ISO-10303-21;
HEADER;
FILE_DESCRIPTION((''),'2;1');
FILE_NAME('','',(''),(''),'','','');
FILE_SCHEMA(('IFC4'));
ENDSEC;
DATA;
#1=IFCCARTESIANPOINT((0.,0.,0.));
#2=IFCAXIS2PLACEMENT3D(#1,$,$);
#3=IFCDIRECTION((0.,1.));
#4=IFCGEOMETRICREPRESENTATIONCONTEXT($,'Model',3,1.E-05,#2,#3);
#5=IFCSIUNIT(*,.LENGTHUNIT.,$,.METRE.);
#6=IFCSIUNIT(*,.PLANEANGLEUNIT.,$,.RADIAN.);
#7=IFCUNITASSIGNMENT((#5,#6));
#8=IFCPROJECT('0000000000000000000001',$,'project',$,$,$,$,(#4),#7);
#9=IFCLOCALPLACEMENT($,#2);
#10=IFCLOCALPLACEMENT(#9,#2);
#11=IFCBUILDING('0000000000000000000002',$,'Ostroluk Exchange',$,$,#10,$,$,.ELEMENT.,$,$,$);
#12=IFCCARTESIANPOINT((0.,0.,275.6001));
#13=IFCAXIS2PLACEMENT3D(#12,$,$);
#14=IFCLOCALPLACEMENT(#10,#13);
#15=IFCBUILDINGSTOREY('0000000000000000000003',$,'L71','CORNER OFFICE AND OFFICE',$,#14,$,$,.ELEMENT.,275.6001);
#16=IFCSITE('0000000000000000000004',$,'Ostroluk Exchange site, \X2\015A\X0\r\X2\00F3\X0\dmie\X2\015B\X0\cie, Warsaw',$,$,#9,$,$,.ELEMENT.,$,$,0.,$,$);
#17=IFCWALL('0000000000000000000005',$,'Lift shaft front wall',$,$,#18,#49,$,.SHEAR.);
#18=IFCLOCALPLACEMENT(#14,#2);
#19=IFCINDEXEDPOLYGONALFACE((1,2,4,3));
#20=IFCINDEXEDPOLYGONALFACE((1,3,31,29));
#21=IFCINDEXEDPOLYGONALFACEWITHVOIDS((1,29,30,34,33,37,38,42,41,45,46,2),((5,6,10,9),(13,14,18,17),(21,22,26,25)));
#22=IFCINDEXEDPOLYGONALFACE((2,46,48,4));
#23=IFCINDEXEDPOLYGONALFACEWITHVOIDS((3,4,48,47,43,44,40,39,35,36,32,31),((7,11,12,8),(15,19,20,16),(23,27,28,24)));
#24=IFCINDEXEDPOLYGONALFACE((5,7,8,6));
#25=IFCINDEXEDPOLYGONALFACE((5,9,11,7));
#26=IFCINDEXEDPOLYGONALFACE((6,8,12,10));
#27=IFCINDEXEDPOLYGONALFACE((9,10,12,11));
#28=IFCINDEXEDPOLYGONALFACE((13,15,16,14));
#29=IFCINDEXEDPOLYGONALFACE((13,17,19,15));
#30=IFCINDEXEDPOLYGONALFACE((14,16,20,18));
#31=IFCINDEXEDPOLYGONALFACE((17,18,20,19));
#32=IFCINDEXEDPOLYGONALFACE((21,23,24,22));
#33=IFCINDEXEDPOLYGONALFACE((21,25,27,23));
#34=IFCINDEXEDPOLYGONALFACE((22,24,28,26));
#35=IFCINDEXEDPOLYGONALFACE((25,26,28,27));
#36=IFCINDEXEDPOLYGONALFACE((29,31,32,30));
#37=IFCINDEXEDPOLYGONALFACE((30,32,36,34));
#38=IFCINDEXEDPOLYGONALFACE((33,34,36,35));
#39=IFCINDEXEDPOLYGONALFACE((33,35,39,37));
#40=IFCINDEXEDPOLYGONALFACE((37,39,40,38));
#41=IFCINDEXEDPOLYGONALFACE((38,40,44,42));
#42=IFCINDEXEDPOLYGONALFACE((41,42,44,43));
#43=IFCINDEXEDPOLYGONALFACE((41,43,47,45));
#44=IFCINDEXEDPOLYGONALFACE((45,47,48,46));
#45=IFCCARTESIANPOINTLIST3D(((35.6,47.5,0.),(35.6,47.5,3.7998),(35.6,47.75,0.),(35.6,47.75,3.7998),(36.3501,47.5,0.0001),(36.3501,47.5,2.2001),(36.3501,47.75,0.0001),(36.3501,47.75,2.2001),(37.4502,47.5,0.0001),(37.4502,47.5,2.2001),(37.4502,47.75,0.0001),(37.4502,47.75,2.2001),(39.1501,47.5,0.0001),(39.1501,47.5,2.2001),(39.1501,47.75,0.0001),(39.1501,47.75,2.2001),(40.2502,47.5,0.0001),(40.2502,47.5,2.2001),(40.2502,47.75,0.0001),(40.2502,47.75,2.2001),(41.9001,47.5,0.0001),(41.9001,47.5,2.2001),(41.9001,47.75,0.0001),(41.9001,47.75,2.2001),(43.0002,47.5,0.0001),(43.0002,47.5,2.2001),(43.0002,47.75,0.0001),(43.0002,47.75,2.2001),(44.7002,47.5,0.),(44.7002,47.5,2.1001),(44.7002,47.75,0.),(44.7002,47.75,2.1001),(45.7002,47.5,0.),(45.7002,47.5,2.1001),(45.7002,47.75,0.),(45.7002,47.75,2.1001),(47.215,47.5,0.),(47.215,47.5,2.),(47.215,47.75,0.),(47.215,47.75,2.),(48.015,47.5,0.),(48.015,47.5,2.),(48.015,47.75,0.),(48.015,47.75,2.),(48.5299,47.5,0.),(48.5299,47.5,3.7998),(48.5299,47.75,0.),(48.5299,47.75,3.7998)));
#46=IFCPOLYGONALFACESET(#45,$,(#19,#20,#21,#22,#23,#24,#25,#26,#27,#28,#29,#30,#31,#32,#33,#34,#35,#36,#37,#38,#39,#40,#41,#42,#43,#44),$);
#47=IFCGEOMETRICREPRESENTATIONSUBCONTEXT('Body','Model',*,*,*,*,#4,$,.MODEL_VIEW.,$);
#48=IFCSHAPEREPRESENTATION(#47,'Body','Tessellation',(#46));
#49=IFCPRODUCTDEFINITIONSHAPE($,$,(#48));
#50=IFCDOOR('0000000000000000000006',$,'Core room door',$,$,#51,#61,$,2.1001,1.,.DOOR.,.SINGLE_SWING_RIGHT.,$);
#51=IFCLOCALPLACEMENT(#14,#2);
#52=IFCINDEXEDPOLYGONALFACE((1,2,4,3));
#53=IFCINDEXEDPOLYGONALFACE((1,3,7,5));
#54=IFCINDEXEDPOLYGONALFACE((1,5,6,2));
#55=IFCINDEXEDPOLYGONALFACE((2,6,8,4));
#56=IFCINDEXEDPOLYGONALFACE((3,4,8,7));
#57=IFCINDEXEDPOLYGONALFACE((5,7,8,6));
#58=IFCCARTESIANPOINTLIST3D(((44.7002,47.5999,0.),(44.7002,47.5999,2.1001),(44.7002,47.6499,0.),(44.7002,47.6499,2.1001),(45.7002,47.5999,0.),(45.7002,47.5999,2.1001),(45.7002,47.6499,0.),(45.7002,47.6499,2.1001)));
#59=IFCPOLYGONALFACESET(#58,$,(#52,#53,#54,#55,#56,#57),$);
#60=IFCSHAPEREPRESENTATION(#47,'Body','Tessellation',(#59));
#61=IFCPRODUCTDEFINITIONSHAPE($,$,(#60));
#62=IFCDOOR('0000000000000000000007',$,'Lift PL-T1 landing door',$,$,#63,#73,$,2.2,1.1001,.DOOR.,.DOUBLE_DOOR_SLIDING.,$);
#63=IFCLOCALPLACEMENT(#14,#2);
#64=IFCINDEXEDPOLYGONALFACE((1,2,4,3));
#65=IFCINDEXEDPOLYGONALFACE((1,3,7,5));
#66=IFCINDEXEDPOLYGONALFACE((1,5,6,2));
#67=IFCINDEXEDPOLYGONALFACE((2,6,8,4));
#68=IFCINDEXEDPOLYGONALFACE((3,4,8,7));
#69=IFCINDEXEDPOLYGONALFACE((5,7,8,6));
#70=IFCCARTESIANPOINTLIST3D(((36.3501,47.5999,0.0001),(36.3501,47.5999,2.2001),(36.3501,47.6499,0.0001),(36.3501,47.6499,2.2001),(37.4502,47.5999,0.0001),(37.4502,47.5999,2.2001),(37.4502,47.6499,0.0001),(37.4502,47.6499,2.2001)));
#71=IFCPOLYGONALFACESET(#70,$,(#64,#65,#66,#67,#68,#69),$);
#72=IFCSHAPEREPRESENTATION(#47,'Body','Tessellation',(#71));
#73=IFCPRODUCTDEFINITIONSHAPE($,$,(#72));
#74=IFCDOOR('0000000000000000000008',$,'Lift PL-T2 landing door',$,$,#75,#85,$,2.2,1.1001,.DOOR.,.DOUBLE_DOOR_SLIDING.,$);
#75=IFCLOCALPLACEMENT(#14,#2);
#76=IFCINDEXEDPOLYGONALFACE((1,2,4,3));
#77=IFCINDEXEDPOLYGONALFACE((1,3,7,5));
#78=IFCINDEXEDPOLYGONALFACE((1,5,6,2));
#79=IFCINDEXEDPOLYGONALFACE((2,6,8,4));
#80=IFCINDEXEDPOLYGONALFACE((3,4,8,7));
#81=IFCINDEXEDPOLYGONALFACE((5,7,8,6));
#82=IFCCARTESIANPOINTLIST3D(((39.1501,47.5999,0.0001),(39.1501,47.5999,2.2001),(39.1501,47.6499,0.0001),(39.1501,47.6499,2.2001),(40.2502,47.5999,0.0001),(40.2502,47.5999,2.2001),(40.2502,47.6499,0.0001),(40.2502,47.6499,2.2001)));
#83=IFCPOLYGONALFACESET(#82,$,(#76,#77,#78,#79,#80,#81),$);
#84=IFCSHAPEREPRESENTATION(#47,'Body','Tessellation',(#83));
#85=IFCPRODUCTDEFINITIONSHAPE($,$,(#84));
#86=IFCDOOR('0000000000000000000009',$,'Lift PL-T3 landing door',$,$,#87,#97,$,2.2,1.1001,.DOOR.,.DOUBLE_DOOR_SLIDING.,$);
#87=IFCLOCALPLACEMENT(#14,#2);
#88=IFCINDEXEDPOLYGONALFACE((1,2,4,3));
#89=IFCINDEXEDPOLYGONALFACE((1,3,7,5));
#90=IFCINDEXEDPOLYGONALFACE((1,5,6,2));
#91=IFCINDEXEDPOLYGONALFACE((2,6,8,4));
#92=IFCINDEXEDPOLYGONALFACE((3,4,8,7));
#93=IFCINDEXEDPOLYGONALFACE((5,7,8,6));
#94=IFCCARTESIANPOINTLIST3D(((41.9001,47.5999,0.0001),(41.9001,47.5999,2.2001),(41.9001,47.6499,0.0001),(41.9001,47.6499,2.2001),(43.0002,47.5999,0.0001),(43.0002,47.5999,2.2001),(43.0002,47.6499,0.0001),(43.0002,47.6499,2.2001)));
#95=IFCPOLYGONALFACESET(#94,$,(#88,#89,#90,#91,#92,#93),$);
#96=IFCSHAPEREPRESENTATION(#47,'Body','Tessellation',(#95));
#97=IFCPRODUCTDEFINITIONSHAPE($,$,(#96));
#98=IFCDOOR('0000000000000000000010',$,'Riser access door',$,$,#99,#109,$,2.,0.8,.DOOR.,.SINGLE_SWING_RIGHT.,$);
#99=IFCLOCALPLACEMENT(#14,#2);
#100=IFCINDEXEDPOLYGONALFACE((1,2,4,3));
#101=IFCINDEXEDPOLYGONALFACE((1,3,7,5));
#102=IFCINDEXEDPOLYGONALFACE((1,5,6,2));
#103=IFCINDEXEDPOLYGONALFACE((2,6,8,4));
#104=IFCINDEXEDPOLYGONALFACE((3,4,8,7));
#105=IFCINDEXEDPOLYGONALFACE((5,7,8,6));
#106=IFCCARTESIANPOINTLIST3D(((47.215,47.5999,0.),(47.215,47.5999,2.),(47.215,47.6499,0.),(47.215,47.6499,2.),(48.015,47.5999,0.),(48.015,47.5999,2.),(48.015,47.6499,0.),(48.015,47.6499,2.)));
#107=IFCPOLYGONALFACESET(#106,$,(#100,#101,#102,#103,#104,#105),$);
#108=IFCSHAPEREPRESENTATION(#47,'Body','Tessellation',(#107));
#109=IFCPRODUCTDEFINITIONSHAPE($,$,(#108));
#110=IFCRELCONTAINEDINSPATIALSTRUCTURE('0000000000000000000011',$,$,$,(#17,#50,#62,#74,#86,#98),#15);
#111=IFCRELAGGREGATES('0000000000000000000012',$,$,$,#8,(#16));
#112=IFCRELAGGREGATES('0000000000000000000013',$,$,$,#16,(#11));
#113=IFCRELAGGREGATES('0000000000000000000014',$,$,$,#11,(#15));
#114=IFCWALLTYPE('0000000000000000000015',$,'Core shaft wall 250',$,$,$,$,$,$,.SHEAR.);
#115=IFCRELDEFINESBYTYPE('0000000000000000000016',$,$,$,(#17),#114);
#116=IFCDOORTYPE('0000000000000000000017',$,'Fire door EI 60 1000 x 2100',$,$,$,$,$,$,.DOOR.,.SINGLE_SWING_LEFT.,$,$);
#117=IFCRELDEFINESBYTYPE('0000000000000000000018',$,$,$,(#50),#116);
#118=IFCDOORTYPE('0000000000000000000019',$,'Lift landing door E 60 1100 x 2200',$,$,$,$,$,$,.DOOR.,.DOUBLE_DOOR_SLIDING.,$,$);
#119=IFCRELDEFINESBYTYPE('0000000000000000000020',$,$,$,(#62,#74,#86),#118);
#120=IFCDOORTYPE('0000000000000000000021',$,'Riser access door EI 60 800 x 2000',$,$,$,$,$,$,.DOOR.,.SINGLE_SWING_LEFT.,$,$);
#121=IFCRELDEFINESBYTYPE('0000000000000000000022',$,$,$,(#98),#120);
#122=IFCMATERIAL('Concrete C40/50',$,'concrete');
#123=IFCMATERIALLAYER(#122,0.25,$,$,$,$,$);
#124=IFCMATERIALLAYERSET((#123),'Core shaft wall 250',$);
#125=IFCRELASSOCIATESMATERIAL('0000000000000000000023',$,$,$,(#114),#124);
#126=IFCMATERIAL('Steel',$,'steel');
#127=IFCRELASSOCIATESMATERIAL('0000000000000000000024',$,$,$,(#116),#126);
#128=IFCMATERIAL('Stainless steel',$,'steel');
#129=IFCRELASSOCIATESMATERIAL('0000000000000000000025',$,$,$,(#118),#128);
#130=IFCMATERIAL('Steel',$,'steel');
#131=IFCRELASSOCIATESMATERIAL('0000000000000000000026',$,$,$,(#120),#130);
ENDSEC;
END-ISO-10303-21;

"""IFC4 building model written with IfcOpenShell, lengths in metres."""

from ifc_helpers import new_model, si_unit, direction, frame, frame_2d, origin, place, context, subcontext, project, spatial, rectangle, extrude, material, layer, layer_set, type_object, element, fill, save


model = new_model("IFC4")

# Units and contexts
model_context = context("Model", 3, precision=1e-05, world=origin(), true_north=direction((0.0, 1.0)))
body_context = subcontext(model_context, "Body", "Model", "MODEL_VIEW")
ifc_project = project(units=[si_unit("LENGTHUNIT", "METRE"), si_unit("PLANEANGLEUNIT", "RADIAN")], contexts=[model_context])

# Site, building, storey
site_placement = place(None, origin())
site = spatial("IfcSite", under=ifc_project, at=site_placement, Name="Ostroluk Exchange site, Śródmieście, Warsaw", CompositionType="ELEMENT", RefElevation=0.0)
building_placement = place(site_placement, origin())
building = spatial("IfcBuilding", under=site, at=building_placement, Name="Ostroluk Exchange", CompositionType="ELEMENT")
storey_placement = place(building_placement, frame((0.0, 0.0, 275.6001)))
storey = spatial("IfcBuildingStorey", under=building, at=storey_placement, Name="L71", Description="CORNER OFFICE AND OFFICE", CompositionType="ELEMENT", Elevation=275.6001)

# Shared definitions
ifc_material_1 = material(Name="Concrete C40/50", Category="concrete")
ifc_layer = layer(ifc_material_1, 0.25)
ifc_layer_set = layer_set([ifc_layer], Name="Core shaft wall 250")
wall_type = type_object("IfcWallType", Name="Core shaft wall 250", PredefinedType="SHEAR", material=ifc_layer_set)

# Wall, openings, doors
wall_1_placement = place(storey_placement, frame((35.6001, 47.625, 0.0), z_axis=(0.0, 0.0, 1.0), x_axis=(1.0, 0.0, 0.0)))
wall_1 = element("IfcWall", 1, at=wall_1_placement, inside=storey, type_object=wall_type, Name="Lift shaft front wall", PredefinedType="SHEAR", context=body_context, shape_type="SweptSolid", body=[
    extrude(rectangle(XDim=12.9299, YDim=0.25, at=frame_2d((6.4648, 0.0))), origin(), (0.0, 0.0, 1.0), 3.7998),
])
opening_1_placement = place(wall_1_placement, frame((0.75, 0.0, 0.0)))
opening_1 = element("IfcOpeningElement", 2, at=opening_1_placement, cuts=wall_1, PredefinedType="OPENING", context=body_context, shape_type="SweptSolid", body=[
    extrude(rectangle(XDim=1.1001, YDim=2.2, at=frame_2d((0.55, 1.1001))), frame((0.0, 0.135, 0.0), z_axis=(0.0, -1.0, 0.0), x_axis=(1.0, 0.0, 0.0)), (0.0, 0.0, 1.0), 0.27),
])
opening_2_placement = place(wall_1_placement, frame((3.55, 0.0, 0.0)))
opening_2 = element("IfcOpeningElement", 3, at=opening_2_placement, cuts=wall_1, PredefinedType="OPENING", context=body_context, shape_type="SweptSolid", body=[
    extrude(rectangle(XDim=1.1001, YDim=2.2, at=frame_2d((0.55, 1.1001))), frame((0.0, 0.135, 0.0), z_axis=(0.0, -1.0, 0.0), x_axis=(1.0, 0.0, 0.0)), (0.0, 0.0, 1.0), 0.27),
])
opening_3_placement = place(wall_1_placement, frame((6.3, 0.0, 0.0)))
opening_3 = element("IfcOpeningElement", 4, at=opening_3_placement, cuts=wall_1, PredefinedType="OPENING", context=body_context, shape_type="SweptSolid", body=[
    extrude(rectangle(XDim=1.1001, YDim=2.2, at=frame_2d((0.55, 1.1001))), frame((0.0, 0.135, 0.0), z_axis=(0.0, -1.0, 0.0), x_axis=(1.0, 0.0, 0.0)), (0.0, 0.0, 1.0), 0.27),
])
opening_4_placement = place(wall_1_placement, frame((9.1001, 0.0, 0.0)))
opening_4 = element("IfcOpeningElement", 5, at=opening_4_placement, cuts=wall_1, PredefinedType="OPENING", context=body_context, shape_type="SweptSolid", body=[
    extrude(rectangle(XDim=1.0, YDim=2.1001, at=frame_2d((0.5, 1.05))), frame((0.0, 0.135, 0.0), z_axis=(0.0, -1.0, 0.0), x_axis=(1.0, 0.0, 0.0)), (0.0, 0.0, 1.0), 0.27),
])
opening_5_placement = place(wall_1_placement, frame((11.615, 0.0, 0.0)))
opening_5 = element("IfcOpeningElement", 6, at=opening_5_placement, cuts=wall_1, PredefinedType="OPENING", context=body_context, shape_type="SweptSolid", body=[
    extrude(rectangle(XDim=0.8, YDim=2.0, at=frame_2d((0.3999, 1.0))), frame((0.0, 0.135, 0.0), z_axis=(0.0, -1.0, 0.0), x_axis=(1.0, 0.0, 0.0)), (0.0, 0.0, 1.0), 0.27),
])
ifc_material_2 = material(Name="Steel", Category="steel")
door_type_1 = type_object("IfcDoorType", Name="Fire door EI 60 1000 x 2100", OperationType="SINGLE_SWING_LEFT", PredefinedType="DOOR", material=ifc_material_2)
door_1_placement = place(opening_4_placement, origin())
door_1 = element("IfcDoor", 7, at=door_1_placement, inside=storey, type_object=door_type_1, Name="Core room door", OperationType="SINGLE_SWING_RIGHT", OverallHeight=2.1001, OverallWidth=1.0, PredefinedType="DOOR", context=body_context, shape_type="SweptSolid", body=[
    extrude(rectangle(XDim=1.0, YDim=2.1001, at=frame_2d((0.5, 1.05))), frame((0.0, 0.0249, 0.0), z_axis=(0.0, -1.0, 0.0), x_axis=(1.0, 0.0, 0.0)), (0.0, 0.0, 1.0), 0.05),
])
fill(opening_4, door_1)
ifc_material_3 = material(Name="Stainless steel", Category="steel")
door_type_2 = type_object("IfcDoorType", Name="Lift landing door E 60 1100 x 2200", OperationType="DOUBLE_DOOR_SLIDING", PredefinedType="DOOR", material=ifc_material_3)
door_2_placement = place(opening_1_placement, origin())
door_2 = element("IfcDoor", 8, at=door_2_placement, inside=storey, type_object=door_type_2, Name="Lift PL-T1 landing door", OperationType="DOUBLE_DOOR_SLIDING", OverallHeight=2.2, OverallWidth=1.1001, PredefinedType="DOOR", context=body_context, shape_type="SweptSolid", body=[
    extrude(rectangle(XDim=1.1001, YDim=2.2, at=frame_2d((0.55, 1.1001))), frame((0.0, 0.0249, 0.0), z_axis=(0.0, -1.0, 0.0), x_axis=(1.0, 0.0, 0.0)), (0.0, 0.0, 1.0), 0.05),
])
fill(opening_1, door_2)
door_3_placement = place(opening_2_placement, origin())
door_3 = element("IfcDoor", 9, at=door_3_placement, inside=storey, type_object=door_type_2, Name="Lift PL-T2 landing door", OperationType="DOUBLE_DOOR_SLIDING", OverallHeight=2.2, OverallWidth=1.1001, PredefinedType="DOOR", context=body_context, shape_type="SweptSolid", body=[
    extrude(rectangle(XDim=1.1001, YDim=2.2, at=frame_2d((0.55, 1.1001))), frame((0.0, 0.0249, 0.0), z_axis=(0.0, -1.0, 0.0), x_axis=(1.0, 0.0, 0.0)), (0.0, 0.0, 1.0), 0.05),
])
fill(opening_2, door_3)
door_4_placement = place(opening_3_placement, origin())
door_4 = element("IfcDoor", 10, at=door_4_placement, inside=storey, type_object=door_type_2, Name="Lift PL-T3 landing door", OperationType="DOUBLE_DOOR_SLIDING", OverallHeight=2.2, OverallWidth=1.1001, PredefinedType="DOOR", context=body_context, shape_type="SweptSolid", body=[
    extrude(rectangle(XDim=1.1001, YDim=2.2, at=frame_2d((0.55, 1.1001))), frame((0.0, 0.0249, 0.0), z_axis=(0.0, -1.0, 0.0), x_axis=(1.0, 0.0, 0.0)), (0.0, 0.0, 1.0), 0.05),
])
fill(opening_3, door_4)
ifc_material_4 = material(Name="Steel", Category="steel")
door_type_3 = type_object("IfcDoorType", Name="Riser access door EI 60 800 x 2000", OperationType="SINGLE_SWING_LEFT", PredefinedType="DOOR", material=ifc_material_4)
door_5_placement = place(opening_5_placement, origin())
door_5 = element("IfcDoor", 11, at=door_5_placement, inside=storey, type_object=door_type_3, Name="Riser access door", OperationType="SINGLE_SWING_RIGHT", OverallHeight=2.0, OverallWidth=0.8, PredefinedType="DOOR", context=body_context, shape_type="SweptSolid", body=[
    extrude(rectangle(XDim=0.8, YDim=2.0, at=frame_2d((0.3999, 1.0))), frame((0.0, 0.0249, 0.0), z_axis=(0.0, -1.0, 0.0), x_axis=(1.0, 0.0, 0.0)), (0.0, 0.0, 1.0), 0.05),
])
fill(opening_5, door_5)

save(model, "model.ifc")
